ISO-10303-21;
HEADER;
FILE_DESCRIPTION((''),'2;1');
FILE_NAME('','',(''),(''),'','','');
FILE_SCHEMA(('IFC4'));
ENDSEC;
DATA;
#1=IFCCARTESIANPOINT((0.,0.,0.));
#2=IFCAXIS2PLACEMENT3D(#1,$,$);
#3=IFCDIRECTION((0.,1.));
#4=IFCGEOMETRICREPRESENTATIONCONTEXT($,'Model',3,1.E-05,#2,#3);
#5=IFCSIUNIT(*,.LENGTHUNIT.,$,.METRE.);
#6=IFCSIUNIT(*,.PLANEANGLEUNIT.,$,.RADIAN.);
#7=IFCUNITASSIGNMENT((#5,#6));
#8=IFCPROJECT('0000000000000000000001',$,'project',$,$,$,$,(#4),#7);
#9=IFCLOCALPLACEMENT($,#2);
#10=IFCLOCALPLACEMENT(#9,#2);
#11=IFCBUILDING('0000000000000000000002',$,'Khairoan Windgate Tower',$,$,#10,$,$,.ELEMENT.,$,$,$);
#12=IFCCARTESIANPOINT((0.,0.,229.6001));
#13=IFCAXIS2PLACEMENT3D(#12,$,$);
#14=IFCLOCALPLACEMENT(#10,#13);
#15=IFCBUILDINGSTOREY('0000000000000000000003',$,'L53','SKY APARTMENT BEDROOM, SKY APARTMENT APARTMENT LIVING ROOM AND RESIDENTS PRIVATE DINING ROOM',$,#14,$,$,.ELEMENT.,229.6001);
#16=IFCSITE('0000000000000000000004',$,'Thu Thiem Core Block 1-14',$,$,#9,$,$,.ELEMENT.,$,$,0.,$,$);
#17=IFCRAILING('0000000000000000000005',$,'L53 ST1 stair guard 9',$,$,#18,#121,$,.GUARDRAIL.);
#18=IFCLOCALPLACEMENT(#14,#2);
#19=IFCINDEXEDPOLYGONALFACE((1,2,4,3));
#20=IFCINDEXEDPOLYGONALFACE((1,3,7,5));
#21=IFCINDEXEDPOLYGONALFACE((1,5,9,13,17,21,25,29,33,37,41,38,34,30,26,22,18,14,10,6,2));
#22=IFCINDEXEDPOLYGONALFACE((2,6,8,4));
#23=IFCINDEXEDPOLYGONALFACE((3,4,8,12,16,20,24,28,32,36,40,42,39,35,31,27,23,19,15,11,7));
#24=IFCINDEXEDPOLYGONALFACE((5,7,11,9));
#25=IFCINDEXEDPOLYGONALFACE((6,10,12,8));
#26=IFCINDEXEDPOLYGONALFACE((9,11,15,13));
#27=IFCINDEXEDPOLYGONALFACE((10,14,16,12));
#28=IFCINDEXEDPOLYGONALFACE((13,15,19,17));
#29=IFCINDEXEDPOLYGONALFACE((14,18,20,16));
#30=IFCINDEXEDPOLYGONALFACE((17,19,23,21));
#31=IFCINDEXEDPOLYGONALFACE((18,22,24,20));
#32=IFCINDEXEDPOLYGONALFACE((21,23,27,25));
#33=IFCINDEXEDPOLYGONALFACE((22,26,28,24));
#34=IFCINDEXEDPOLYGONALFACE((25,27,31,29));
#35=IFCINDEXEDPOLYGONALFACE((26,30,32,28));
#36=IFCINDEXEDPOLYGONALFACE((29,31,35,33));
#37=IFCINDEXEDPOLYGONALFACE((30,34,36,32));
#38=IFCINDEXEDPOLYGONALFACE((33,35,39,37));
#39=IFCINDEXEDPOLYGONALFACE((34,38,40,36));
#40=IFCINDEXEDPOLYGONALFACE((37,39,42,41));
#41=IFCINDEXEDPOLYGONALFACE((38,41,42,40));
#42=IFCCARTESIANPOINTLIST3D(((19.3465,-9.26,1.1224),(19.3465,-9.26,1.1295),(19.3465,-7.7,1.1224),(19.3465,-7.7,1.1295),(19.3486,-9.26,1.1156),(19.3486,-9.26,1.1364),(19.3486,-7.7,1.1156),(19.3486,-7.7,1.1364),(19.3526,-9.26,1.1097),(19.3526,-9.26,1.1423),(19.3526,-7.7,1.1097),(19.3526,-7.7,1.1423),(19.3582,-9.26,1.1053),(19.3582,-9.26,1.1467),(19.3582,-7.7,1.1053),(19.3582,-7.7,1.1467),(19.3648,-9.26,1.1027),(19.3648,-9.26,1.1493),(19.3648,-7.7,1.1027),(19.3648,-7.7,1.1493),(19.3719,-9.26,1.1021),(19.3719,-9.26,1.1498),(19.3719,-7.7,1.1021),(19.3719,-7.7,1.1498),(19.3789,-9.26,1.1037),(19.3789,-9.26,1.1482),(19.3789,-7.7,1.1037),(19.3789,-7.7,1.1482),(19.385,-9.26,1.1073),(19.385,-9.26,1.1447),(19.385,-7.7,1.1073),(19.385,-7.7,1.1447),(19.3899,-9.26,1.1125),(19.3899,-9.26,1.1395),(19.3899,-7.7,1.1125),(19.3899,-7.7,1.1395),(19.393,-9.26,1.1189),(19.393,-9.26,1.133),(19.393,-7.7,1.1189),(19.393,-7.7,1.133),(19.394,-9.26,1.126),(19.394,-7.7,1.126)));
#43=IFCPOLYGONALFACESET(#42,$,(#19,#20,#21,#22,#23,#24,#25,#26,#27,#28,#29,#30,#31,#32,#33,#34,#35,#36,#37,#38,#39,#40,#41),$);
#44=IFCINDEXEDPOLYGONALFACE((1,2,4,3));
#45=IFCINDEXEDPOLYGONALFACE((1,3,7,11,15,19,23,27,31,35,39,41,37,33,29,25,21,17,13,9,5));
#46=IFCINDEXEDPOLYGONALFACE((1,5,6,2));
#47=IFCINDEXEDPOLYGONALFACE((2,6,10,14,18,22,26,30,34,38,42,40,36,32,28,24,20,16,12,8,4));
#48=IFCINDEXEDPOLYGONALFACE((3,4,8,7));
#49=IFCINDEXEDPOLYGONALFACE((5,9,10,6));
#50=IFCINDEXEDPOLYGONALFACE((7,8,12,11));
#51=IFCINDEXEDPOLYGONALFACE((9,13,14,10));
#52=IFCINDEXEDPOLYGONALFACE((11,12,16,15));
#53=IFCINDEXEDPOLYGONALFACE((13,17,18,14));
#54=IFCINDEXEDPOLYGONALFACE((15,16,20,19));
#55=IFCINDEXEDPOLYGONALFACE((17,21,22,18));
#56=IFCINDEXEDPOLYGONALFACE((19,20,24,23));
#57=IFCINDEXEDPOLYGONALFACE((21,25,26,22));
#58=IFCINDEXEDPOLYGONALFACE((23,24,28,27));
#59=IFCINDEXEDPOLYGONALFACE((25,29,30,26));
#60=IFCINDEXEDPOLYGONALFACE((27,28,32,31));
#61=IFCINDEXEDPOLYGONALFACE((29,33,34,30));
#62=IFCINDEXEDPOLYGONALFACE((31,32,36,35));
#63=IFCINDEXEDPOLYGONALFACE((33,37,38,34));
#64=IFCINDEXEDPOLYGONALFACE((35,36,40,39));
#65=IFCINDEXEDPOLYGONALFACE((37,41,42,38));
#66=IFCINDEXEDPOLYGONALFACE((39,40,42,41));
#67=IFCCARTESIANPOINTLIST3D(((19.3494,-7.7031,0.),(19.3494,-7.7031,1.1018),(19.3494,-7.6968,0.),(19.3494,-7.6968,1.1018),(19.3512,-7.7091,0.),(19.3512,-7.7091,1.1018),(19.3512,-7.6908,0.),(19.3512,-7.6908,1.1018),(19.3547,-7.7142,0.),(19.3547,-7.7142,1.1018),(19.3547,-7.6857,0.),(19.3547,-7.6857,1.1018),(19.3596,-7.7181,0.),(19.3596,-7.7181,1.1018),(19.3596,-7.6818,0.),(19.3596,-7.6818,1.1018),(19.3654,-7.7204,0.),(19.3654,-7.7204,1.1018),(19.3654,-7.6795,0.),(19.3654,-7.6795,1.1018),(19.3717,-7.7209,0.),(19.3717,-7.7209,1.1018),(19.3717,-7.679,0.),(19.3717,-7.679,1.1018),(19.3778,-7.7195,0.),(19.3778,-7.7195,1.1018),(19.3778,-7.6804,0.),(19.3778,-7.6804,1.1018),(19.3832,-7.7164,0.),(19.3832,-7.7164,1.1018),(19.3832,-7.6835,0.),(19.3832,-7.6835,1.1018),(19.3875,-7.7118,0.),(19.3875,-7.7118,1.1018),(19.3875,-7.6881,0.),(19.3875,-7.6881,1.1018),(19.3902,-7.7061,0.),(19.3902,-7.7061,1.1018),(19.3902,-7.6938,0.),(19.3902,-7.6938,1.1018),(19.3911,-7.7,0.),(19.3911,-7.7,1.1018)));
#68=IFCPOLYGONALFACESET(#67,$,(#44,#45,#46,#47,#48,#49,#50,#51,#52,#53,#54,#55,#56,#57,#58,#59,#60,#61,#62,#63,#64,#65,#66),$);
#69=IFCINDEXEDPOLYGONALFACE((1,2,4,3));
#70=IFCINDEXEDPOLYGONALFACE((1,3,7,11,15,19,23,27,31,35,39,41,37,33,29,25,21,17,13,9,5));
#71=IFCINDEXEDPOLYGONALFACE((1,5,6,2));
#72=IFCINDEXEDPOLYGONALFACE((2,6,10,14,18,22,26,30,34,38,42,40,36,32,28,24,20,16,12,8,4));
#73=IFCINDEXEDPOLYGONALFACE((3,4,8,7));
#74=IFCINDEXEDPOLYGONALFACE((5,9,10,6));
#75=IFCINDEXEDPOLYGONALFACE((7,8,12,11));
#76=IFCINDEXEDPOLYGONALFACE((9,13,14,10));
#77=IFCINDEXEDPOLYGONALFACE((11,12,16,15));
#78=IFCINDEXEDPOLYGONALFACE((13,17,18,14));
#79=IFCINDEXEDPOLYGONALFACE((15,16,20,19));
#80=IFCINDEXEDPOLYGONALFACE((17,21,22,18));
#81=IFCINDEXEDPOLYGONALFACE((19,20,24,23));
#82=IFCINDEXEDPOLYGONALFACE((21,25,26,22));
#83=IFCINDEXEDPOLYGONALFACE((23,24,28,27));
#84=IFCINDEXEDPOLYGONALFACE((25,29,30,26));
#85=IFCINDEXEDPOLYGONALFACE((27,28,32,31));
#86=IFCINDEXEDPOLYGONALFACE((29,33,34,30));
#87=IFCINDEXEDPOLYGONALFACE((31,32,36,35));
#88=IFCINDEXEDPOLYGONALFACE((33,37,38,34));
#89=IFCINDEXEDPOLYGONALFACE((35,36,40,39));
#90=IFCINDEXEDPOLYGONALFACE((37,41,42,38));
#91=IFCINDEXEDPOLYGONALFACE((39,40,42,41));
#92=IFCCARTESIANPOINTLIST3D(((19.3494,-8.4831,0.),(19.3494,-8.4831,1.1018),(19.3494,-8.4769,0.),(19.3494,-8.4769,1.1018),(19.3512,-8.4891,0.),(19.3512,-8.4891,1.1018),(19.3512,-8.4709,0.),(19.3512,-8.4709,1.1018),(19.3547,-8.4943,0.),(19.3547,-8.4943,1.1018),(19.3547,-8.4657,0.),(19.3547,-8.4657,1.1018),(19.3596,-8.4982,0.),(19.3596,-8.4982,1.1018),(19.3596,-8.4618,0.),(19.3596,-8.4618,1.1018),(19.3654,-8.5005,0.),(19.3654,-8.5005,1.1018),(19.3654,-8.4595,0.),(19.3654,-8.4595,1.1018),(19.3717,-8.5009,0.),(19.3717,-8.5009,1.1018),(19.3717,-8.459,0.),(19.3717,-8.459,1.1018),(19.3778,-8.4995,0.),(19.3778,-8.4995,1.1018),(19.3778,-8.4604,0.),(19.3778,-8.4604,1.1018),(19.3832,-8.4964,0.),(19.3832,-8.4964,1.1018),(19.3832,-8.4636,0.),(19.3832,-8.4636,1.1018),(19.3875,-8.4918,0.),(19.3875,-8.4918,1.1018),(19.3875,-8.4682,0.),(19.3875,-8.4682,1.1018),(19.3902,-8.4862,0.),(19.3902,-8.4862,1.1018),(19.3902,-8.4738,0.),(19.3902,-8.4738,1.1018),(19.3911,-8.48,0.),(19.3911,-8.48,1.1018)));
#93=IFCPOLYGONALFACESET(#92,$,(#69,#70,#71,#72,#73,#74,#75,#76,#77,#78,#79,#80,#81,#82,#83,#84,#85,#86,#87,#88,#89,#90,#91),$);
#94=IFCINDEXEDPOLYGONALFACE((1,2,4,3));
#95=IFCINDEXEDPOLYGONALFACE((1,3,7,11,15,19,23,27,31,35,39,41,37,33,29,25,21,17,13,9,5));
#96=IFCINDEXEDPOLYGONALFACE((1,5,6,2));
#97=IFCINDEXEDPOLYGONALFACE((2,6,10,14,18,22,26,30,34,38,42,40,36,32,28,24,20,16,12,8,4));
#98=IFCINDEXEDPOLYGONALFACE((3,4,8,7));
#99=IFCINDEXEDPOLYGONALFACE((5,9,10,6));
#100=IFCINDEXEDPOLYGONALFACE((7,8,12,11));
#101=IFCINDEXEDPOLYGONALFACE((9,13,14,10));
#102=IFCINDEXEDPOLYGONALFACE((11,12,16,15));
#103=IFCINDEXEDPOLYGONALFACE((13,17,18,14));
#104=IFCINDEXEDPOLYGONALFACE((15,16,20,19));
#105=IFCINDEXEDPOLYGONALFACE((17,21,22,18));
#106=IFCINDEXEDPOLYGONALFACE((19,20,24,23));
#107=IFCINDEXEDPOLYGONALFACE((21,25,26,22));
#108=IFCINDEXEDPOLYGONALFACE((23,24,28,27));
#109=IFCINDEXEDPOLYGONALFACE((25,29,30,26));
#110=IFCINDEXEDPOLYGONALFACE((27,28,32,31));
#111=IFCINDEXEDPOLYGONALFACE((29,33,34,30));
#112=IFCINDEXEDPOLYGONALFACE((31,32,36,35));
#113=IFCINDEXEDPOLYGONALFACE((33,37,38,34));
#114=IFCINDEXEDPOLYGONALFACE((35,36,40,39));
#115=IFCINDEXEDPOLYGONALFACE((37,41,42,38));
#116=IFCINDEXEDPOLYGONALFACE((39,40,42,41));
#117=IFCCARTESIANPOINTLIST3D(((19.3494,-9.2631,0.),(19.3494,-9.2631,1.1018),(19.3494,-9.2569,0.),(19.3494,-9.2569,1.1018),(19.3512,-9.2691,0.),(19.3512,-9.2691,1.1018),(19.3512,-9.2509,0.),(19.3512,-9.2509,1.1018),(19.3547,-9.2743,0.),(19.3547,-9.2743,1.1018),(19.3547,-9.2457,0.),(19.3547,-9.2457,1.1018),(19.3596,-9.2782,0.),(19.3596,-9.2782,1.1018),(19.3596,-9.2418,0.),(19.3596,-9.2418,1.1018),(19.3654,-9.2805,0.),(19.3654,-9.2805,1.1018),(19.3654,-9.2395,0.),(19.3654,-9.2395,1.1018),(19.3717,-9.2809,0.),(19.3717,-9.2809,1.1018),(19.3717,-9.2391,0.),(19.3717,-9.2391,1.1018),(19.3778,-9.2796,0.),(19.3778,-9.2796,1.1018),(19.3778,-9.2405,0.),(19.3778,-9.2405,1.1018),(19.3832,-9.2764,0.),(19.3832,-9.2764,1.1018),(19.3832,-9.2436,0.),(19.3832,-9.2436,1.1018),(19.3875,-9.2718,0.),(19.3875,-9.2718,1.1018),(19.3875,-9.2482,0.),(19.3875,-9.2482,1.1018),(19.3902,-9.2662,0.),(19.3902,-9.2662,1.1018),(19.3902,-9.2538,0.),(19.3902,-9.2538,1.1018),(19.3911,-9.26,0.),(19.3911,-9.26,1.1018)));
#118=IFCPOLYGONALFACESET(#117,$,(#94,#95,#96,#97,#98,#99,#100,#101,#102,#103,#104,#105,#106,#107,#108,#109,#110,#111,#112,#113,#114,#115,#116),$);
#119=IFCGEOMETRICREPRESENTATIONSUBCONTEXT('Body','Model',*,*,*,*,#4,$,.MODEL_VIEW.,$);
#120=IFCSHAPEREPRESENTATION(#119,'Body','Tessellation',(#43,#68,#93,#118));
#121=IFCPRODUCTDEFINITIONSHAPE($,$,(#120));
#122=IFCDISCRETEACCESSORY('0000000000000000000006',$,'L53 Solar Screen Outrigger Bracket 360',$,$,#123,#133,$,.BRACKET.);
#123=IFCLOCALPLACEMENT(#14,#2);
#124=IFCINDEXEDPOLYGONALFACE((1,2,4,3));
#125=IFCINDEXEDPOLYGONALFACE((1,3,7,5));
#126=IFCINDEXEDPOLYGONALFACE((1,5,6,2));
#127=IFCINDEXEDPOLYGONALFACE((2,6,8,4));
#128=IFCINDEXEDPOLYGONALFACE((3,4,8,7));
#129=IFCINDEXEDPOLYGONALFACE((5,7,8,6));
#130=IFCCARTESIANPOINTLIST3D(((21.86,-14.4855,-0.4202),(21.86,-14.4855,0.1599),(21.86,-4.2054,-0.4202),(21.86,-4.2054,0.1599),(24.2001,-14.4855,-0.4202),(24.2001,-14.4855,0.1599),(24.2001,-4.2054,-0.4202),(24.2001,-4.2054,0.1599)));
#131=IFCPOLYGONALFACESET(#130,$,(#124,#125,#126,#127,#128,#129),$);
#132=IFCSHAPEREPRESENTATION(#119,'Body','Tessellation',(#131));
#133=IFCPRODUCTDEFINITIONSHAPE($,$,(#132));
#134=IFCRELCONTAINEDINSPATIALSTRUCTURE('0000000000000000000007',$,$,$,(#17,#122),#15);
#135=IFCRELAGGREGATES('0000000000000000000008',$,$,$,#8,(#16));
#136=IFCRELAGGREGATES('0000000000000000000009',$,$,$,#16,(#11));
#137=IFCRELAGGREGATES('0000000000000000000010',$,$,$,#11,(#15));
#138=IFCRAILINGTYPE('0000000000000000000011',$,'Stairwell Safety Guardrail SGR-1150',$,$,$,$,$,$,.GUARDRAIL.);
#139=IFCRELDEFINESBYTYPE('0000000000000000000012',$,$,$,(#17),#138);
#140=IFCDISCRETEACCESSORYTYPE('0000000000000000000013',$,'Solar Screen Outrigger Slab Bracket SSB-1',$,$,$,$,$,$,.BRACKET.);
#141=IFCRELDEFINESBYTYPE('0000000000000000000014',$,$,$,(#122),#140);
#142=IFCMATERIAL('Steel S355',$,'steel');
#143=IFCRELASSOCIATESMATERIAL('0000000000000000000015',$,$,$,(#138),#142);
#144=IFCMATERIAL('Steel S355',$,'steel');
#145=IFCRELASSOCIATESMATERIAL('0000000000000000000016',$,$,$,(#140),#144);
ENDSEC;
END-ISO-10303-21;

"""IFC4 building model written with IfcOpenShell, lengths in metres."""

from ifc_helpers import new_model, si_unit, direction, frame, origin, origin_2d, place, context, subcontext, project, spatial, rectangle, circle, extrude, material, type_object, element, save


model = new_model("IFC4")

# Units and contexts
model_context = context("Model", 3, precision=1e-05, world=origin(), true_north=direction((0.0, 1.0)))
body_context = subcontext(model_context, "Body", "Model", "MODEL_VIEW")
ifc_project = project(units=[si_unit("LENGTHUNIT", "METRE"), si_unit("PLANEANGLEUNIT", "RADIAN")], contexts=[model_context])

# Site, building, storey
site_placement = place(None, origin())
site = spatial("IfcSite", under=ifc_project, at=site_placement, Name="Thu Thiem Core Block 1-14", CompositionType="ELEMENT", RefElevation=0.0)
building_placement = place(site_placement, origin())
building = spatial("IfcBuilding", under=site, at=building_placement, Name="Khairoan Windgate Tower", CompositionType="ELEMENT")
storey_placement = place(building_placement, frame((0.0, 0.0, 229.6001)))
storey = spatial("IfcBuildingStorey", under=building, at=storey_placement, Name="L53", Description="SKY APARTMENT BEDROOM, SKY APARTMENT APARTMENT LIVING ROOM AND RESIDENTS PRIVATE DINING ROOM", CompositionType="ELEMENT", Elevation=229.6001)

# Railing
ifc_material_1 = material(Name="Steel S355", Category="steel")
railing_type_1 = type_object("IfcRailingType", Name="Stairwell Safety Guardrail SGR-1150", PredefinedType="GUARDRAIL", material=ifc_material_1)
for number, where, name in (
    (1, (19.3701, -7.7, 0.0), "L53 ST1 stair guard 9"),
):
    element("IfcRailing", number, at=place(storey_placement, frame(where)), inside=storey, type_object=railing_type_1, Name=name, PredefinedType="GUARDRAIL", context=body_context, shape_type="SweptSolid", body=[
        extrude(circle(Radius=0.0239, at=origin_2d()), frame((0.0, 0.0, 1.126), z_axis=(0.0, -1.0, 0.0), x_axis=(1.0, 0.0, 0.0)), (0.0, 0.0, 1.0), 1.5601),
        extrude(circle(Radius=0.021, at=origin_2d()), origin(), (0.0, 0.0, 1.0), 1.1018),
        extrude(circle(Radius=0.021, at=origin_2d()), frame((0.0, -0.78, 0.0)), (0.0, 0.0, 1.0), 1.1018),
        extrude(circle(Radius=0.021, at=origin_2d()), frame((0.0, -1.5601, 0.0)), (0.0, 0.0, 1.0), 1.1018),
    ])

# Discrete accessory
ifc_material_2 = material(Name="Steel S355", Category="steel")
discrete_accessory_type = type_object("IfcDiscreteAccessoryType", Name="Solar Screen Outrigger Slab Bracket SSB-1", PredefinedType="BRACKET", material=ifc_material_2)
discrete_accessory_placement = place(storey_placement, frame((23.03, -9.3455, -0.4202), z_axis=(0.0, 0.0, 1.0), x_axis=(0.0, -1.0, 0.0)))
element("IfcDiscreteAccessory", 2, at=discrete_accessory_placement, inside=storey, type_object=discrete_accessory_type, Name="L53 Solar Screen Outrigger Bracket 360", PredefinedType="BRACKET", context=body_context, shape_type="SweptSolid", body=[
    extrude(rectangle(XDim=10.28, YDim=2.3401, at=origin_2d()), origin(), (0.0, 0.0, 1.0), 0.5801),
])

save(model, "model.ifc")
